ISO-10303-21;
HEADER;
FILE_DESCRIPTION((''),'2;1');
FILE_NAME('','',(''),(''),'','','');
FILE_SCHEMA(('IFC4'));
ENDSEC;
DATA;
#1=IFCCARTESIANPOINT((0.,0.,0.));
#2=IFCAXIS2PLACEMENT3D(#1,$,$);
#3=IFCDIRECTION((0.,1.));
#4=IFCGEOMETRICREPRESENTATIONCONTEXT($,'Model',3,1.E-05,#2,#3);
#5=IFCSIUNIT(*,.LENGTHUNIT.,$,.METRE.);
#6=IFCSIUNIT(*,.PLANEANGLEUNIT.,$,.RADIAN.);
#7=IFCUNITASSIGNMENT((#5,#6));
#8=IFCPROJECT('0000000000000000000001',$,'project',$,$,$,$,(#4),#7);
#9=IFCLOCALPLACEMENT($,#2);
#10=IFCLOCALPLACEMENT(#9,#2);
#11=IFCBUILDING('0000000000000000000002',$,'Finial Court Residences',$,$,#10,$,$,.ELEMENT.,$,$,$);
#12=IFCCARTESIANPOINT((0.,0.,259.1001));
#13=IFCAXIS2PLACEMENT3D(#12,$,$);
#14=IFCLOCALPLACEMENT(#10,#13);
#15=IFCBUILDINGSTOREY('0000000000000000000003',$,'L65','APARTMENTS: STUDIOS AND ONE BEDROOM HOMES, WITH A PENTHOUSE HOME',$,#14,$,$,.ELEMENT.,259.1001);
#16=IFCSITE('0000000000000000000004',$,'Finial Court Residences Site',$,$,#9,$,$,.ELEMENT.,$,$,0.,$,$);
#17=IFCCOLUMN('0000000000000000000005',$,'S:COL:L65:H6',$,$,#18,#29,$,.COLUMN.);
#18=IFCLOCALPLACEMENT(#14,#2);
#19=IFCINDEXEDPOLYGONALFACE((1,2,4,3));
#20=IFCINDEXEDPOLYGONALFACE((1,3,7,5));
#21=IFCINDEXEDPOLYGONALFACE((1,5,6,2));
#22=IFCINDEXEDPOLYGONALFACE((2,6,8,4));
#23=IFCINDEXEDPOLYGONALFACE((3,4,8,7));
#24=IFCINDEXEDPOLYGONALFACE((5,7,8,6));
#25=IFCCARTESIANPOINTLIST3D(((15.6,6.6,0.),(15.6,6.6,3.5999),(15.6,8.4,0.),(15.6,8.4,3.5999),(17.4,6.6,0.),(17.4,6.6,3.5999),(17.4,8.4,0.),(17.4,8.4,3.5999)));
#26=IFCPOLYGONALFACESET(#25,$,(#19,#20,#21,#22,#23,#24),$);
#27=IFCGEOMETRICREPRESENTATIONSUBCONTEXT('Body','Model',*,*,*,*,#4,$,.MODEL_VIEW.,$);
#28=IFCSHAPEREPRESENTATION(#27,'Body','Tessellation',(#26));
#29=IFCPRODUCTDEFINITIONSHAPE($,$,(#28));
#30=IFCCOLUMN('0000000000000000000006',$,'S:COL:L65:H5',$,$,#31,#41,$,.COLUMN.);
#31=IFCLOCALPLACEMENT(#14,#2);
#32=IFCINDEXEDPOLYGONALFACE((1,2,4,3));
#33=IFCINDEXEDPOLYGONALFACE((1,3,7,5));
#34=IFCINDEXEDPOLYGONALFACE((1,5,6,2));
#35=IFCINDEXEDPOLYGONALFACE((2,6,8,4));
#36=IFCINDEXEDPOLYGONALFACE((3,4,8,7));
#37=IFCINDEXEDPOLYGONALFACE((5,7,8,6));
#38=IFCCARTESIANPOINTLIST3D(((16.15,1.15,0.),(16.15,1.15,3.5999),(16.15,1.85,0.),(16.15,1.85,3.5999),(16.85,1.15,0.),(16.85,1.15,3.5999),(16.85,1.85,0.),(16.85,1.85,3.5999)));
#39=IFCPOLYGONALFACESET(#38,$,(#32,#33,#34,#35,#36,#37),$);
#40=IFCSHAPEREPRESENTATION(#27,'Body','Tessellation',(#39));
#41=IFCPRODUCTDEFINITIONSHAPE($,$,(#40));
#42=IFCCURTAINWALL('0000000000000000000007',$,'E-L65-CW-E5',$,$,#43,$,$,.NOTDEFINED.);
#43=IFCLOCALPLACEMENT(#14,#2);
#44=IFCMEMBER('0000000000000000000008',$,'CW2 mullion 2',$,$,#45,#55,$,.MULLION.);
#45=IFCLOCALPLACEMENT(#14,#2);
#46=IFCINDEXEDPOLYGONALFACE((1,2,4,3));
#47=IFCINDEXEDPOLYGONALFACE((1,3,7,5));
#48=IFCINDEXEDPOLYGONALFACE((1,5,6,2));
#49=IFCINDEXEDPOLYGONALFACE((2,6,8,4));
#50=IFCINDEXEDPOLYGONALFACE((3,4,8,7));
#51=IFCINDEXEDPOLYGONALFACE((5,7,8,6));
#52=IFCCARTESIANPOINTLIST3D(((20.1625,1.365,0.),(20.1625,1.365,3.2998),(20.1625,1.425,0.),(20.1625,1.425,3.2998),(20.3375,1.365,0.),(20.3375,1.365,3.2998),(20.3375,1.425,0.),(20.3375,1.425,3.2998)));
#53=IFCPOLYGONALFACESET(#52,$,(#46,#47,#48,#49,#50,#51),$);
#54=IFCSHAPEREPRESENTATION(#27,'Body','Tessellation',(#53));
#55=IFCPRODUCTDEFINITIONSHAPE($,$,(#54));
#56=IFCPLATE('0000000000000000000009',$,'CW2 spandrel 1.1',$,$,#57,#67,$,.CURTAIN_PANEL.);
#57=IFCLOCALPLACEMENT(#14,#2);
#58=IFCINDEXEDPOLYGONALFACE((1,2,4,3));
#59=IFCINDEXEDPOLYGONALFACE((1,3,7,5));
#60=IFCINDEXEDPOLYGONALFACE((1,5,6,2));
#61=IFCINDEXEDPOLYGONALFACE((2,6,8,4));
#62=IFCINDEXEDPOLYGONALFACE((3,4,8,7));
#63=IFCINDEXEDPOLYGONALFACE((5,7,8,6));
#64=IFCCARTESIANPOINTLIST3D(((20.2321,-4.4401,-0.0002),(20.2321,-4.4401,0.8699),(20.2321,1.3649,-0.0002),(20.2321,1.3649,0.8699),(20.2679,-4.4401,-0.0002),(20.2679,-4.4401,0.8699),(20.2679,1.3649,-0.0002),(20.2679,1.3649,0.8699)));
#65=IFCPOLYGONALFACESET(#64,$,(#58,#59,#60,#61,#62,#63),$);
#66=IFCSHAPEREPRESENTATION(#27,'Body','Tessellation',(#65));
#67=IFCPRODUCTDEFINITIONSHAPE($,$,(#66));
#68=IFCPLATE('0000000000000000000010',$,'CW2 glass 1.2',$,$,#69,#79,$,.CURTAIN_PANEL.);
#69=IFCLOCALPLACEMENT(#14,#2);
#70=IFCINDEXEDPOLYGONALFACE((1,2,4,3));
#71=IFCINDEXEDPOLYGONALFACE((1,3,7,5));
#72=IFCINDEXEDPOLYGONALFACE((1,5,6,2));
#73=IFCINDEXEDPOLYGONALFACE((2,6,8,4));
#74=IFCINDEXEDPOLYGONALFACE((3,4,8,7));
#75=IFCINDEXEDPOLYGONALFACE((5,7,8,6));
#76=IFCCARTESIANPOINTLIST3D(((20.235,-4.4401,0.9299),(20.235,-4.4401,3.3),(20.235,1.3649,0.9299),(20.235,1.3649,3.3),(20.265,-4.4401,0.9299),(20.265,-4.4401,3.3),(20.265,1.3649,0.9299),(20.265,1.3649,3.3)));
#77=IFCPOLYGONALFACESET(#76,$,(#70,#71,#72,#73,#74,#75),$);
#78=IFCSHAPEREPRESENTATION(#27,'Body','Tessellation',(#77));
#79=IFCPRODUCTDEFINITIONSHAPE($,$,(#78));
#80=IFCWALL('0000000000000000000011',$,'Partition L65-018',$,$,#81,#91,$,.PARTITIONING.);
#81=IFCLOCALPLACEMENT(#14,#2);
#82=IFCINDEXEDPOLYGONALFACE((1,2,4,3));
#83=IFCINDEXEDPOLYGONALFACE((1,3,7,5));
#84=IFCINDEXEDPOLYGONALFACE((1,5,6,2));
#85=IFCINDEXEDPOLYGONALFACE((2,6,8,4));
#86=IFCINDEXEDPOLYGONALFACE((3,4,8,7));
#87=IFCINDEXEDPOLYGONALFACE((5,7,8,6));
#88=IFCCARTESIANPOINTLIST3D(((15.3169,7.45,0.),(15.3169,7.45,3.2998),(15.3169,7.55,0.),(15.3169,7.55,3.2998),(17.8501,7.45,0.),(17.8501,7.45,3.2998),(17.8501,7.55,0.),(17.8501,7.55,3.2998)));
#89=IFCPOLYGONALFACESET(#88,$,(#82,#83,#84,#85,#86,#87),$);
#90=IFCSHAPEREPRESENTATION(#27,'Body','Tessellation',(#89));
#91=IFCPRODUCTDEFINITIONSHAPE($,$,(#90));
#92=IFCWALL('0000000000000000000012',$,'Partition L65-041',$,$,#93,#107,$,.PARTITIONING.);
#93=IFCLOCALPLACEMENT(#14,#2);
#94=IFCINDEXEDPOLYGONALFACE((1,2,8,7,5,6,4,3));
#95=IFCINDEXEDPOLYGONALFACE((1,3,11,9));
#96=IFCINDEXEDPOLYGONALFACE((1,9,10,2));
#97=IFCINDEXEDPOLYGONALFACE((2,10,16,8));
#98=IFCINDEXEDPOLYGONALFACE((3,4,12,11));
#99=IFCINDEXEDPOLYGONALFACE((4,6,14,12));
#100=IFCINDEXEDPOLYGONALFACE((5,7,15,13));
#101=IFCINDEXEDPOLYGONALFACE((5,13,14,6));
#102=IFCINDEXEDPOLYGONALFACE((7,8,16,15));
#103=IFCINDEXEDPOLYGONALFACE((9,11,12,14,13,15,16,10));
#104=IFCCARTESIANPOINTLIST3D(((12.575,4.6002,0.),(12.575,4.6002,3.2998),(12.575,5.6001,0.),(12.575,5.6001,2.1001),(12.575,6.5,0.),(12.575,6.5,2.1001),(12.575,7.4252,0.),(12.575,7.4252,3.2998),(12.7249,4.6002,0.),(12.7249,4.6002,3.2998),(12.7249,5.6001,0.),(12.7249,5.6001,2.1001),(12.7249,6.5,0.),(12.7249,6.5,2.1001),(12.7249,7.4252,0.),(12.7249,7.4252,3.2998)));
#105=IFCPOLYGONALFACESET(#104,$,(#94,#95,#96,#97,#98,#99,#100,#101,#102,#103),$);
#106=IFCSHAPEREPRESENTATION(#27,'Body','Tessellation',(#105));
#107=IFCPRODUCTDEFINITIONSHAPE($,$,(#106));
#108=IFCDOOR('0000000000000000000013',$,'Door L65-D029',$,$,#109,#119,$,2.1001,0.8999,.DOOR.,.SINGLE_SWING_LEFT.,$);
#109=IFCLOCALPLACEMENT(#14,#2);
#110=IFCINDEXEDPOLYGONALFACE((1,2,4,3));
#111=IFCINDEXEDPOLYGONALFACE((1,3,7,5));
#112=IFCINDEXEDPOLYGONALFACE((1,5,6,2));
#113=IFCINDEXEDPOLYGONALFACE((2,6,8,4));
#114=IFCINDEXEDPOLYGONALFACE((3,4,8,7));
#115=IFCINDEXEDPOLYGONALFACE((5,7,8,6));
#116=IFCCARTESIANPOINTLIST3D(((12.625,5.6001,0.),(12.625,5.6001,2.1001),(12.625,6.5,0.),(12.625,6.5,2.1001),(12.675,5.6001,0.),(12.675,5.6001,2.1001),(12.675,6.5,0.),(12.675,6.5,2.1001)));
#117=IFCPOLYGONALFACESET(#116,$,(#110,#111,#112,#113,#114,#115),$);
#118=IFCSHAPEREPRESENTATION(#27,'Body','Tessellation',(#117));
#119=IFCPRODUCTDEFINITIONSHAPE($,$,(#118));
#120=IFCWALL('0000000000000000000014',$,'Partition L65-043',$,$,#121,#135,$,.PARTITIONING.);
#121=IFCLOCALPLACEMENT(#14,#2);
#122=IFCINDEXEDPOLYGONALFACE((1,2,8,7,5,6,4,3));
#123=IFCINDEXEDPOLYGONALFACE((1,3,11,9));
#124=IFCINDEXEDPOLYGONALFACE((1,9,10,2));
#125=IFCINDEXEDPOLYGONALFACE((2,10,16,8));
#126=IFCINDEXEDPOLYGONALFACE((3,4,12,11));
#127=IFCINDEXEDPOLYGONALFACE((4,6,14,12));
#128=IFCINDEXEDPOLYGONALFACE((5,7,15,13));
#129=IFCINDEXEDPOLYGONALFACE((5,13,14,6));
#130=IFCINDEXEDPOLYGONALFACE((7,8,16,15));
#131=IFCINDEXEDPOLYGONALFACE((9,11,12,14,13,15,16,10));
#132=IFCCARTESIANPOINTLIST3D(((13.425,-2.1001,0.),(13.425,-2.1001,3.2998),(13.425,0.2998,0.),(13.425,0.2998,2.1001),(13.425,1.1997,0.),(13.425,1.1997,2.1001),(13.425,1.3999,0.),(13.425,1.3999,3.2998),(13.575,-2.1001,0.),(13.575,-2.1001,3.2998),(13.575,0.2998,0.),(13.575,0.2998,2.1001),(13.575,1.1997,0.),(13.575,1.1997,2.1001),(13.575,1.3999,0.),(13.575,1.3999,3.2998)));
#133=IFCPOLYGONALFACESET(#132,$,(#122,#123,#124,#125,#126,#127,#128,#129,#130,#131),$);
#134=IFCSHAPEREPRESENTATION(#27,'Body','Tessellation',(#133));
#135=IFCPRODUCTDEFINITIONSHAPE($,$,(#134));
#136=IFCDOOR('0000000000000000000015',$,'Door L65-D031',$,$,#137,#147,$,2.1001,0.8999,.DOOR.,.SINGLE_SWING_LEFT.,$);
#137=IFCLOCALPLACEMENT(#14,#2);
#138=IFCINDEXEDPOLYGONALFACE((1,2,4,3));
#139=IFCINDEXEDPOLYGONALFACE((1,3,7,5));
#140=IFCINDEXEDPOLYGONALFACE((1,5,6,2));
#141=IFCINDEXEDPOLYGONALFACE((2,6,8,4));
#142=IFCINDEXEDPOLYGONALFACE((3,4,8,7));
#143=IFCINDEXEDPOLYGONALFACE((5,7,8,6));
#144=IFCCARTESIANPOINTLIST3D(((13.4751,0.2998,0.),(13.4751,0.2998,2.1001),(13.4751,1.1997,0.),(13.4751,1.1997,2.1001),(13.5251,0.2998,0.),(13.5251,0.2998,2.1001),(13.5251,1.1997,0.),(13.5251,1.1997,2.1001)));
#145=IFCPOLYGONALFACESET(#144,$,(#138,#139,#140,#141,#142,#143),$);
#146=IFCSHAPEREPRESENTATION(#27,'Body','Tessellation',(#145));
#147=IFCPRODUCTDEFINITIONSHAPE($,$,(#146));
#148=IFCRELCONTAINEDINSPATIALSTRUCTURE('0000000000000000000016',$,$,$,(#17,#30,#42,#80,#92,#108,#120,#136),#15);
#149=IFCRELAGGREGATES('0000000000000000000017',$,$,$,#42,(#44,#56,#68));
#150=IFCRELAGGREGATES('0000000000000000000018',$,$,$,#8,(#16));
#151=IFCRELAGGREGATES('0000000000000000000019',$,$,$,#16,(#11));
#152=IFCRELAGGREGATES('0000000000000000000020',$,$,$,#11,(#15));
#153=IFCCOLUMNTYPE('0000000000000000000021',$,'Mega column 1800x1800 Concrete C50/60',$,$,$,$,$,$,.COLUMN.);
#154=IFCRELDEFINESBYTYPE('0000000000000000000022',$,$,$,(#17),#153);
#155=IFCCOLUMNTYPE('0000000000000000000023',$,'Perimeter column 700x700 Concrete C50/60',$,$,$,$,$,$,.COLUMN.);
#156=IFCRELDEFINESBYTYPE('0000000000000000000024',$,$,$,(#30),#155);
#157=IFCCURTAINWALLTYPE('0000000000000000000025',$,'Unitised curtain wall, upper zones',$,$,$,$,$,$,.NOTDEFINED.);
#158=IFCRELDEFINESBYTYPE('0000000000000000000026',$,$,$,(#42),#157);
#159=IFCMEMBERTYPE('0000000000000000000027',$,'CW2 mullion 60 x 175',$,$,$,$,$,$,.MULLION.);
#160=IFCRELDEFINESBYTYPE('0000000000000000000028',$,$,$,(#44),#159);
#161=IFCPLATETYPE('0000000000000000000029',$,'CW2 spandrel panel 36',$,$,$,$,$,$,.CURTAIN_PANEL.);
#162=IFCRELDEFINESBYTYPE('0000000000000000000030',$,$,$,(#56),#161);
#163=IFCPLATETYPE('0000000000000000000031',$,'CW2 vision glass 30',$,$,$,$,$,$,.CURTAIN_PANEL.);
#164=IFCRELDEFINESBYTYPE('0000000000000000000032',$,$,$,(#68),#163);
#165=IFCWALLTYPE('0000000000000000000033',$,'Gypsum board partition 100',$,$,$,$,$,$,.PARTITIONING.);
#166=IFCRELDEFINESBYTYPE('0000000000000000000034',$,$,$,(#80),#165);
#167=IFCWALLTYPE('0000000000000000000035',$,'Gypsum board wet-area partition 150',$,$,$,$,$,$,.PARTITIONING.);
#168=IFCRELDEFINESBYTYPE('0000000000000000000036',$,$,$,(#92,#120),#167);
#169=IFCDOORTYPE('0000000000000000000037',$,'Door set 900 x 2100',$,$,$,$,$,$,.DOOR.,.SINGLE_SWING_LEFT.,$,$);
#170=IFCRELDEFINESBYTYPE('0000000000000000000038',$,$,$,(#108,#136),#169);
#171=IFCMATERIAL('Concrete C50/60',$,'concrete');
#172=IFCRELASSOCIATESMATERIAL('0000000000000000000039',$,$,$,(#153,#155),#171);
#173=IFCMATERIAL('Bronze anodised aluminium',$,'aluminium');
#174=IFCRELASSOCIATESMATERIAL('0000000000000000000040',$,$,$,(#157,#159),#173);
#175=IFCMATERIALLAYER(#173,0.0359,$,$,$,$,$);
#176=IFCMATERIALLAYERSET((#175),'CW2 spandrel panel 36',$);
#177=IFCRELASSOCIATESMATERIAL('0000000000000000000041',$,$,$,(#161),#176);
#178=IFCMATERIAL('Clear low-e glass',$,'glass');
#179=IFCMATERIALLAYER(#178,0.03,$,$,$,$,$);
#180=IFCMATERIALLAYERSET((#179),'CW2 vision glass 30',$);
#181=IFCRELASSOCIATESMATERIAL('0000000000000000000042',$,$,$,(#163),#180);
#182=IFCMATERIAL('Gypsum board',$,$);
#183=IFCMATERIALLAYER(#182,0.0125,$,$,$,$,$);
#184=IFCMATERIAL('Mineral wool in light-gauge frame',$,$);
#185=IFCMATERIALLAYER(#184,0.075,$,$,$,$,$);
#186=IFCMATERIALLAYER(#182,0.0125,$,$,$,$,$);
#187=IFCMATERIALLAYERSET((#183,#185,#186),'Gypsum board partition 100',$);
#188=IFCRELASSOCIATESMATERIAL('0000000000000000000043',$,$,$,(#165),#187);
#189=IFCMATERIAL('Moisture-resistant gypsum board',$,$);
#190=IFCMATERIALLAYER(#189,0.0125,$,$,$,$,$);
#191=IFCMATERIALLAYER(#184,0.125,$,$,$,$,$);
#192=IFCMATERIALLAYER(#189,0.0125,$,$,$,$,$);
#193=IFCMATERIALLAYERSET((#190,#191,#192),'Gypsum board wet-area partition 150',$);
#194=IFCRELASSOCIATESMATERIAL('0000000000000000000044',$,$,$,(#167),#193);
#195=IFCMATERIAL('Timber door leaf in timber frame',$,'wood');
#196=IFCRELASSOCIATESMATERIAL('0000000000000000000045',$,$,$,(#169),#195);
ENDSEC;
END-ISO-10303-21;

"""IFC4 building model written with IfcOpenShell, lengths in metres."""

from ifc_helpers import new_model, si_unit, direction, frame, frame_2d, origin, origin_2d, place, context, subcontext, project, spatial, rectangle, extrude, material, layer, layer_set, material_profile, profile_set, type_object, element, fill, aggregate, save


model = new_model("IFC4")

# Units and contexts
model_context = context("Model", 3, precision=1e-05, world=origin(), true_north=direction((0.0, 1.0)))
body_context = subcontext(model_context, "Body", "Model", "MODEL_VIEW")
ifc_project = project(units=[si_unit("LENGTHUNIT", "METRE"), si_unit("PLANEANGLEUNIT", "RADIAN")], contexts=[model_context])

# Site, building, storey
site_placement = place(None, origin())
site = spatial("IfcSite", under=ifc_project, at=site_placement, Name="Finial Court Residences Site", CompositionType="ELEMENT", RefElevation=0.0)
building_placement = place(site_placement, origin())
building = spatial("IfcBuilding", under=site, at=building_placement, Name="Finial Court Residences", CompositionType="ELEMENT")
storey_placement = place(building_placement, frame((0.0, 0.0, 259.1001)))
storey = spatial("IfcBuildingStorey", under=building, at=storey_placement, Name="L65", Description="APARTMENTS: STUDIOS AND ONE BEDROOM HOMES, WITH A PENTHOUSE HOME", CompositionType="ELEMENT", Elevation=259.1001)

# Columns
ifc_material_1 = material(Name="Concrete C50/60", Category="concrete")
ifc_material_profile_1 = material_profile(ifc_material_1, rectangle(XDim=1.8, YDim=1.8, at=origin_2d()), Name="1800x1800")
ifc_profile_set_1 = profile_set([ifc_material_profile_1], Name="Concrete C50/60")
column_type_1 = type_object("IfcColumnType", Name="Mega column 1800x1800 Concrete C50/60", PredefinedType="COLUMN", material=ifc_profile_set_1)
column_1_placement = place(storey_placement, frame((16.5, 7.5, 0.0), z_axis=(0.0, 0.0, 1.0), x_axis=(1.0, 0.0, 0.0)))
element("IfcColumn", 1, at=column_1_placement, inside=storey, type_object=column_type_1, Name="S:COL:L65:H6", PredefinedType="COLUMN", context=body_context, shape_type="SweptSolid", body=[
    extrude(rectangle(XDim=1.8, YDim=1.8, at=origin_2d()), origin(), (0.0, 0.0, 1.0), 3.5999),
])
ifc_material_profile_2 = material_profile(ifc_material_1, rectangle(XDim=0.7, YDim=0.7, at=origin_2d()), Name="700x700")
ifc_profile_set_2 = profile_set([ifc_material_profile_2], Name="Concrete C50/60")
column_type_2 = type_object("IfcColumnType", Name="Perimeter column 700x700 Concrete C50/60", PredefinedType="COLUMN", material=ifc_profile_set_2)
column_2_placement = place(storey_placement, frame((16.5, 1.5, 0.0), z_axis=(0.0, 0.0, 1.0), x_axis=(1.0, 0.0, 0.0)))
element("IfcColumn", 2, at=column_2_placement, inside=storey, type_object=column_type_2, Name="S:COL:L65:H5", PredefinedType="COLUMN", context=body_context, shape_type="SweptSolid", body=[
    extrude(rectangle(XDim=0.7, YDim=0.7, at=origin_2d()), origin(), (0.0, 0.0, 1.0), 3.5999),
])

# Curtain wall, member, plates
ifc_material_2 = material(Name="Bronze anodised aluminium", Category="aluminium")
curtain_wall_type = type_object("IfcCurtainWallType", Name="Unitised curtain wall, upper zones", PredefinedType="NOTDEFINED", material=ifc_material_2)
curtain_wall_placement = place(storey_placement, origin())
curtain_wall = element("IfcCurtainWall", 3, at=curtain_wall_placement, inside=storey, type_object=curtain_wall_type, Name="E-L65-CW-E5", PredefinedType="NOTDEFINED")
ifc_material_profile_3 = material_profile(ifc_material_2, rectangle(XDim=0.175, YDim=0.0601, at=origin_2d()), Name="CW2 mullion 60 x 175")
ifc_profile_set_3 = profile_set([ifc_material_profile_3], Name="Bronze anodised aluminium")
member_type = type_object("IfcMemberType", Name="CW2 mullion 60 x 175", PredefinedType="MULLION", material=ifc_profile_set_3)
member_placement = place(storey_placement, frame((20.25, 1.395, 0.0), z_axis=(0.0, 0.0, 1.0), x_axis=(-1.0, 0.0, 0.0)))
member = element("IfcMember", 4, at=member_placement, type_object=member_type, Name="CW2 mullion 2", PredefinedType="MULLION", context=body_context, shape_type="SweptSolid", body=[
    extrude(rectangle(XDim=0.175, YDim=0.0601, at=origin_2d()), origin(), (0.0, 0.0, 1.0), 3.2998),
])
ifc_layer_1 = layer(ifc_material_2, 0.0359)
ifc_layer_set_1 = layer_set([ifc_layer_1], Name="CW2 spandrel panel 36")
plate_type_1 = type_object("IfcPlateType", Name="CW2 spandrel panel 36", PredefinedType="CURTAIN_PANEL", material=ifc_layer_set_1)
plate_1_placement = place(storey_placement, frame((20.25, -1.5376, -0.0002), z_axis=(0.0, 0.0, 1.0), x_axis=(0.0, 1.0, 0.0)))
plate_1 = element("IfcPlate", 5, at=plate_1_placement, type_object=plate_type_1, Name="CW2 spandrel 1.1", PredefinedType="CURTAIN_PANEL", context=body_context, shape_type="SweptSolid", body=[
    extrude(rectangle(XDim=5.8049, YDim=0.0359, at=origin_2d()), origin(), (0.0, 0.0, 1.0), 0.8701),
])
ifc_material_3 = material(Name="Clear low-e glass", Category="glass")
ifc_layer_2 = layer(ifc_material_3, 0.03)
ifc_layer_set_2 = layer_set([ifc_layer_2], Name="CW2 vision glass 30")
plate_type_2 = type_object("IfcPlateType", Name="CW2 vision glass 30", PredefinedType="CURTAIN_PANEL", material=ifc_layer_set_2)
plate_2_placement = place(storey_placement, frame((20.25, -1.5376, 0.9299), z_axis=(0.0, 0.0, 1.0), x_axis=(0.0, 1.0, 0.0)))
plate_2 = element("IfcPlate", 6, at=plate_2_placement, type_object=plate_type_2, Name="CW2 glass 1.2", PredefinedType="CURTAIN_PANEL", context=body_context, shape_type="SweptSolid", body=[
    extrude(rectangle(XDim=5.8049, YDim=0.03, at=origin_2d()), origin(), (0.0, 0.0, 1.0), 2.3701),
])
aggregate(curtain_wall, [member, plate_1, plate_2])

# Wall
ifc_material_4 = material(Name="Gypsum board")
ifc_layer_3 = layer(ifc_material_4, 0.0125)
ifc_material_5 = material(Name="Mineral wool in light-gauge frame")
ifc_layer_4 = layer(ifc_material_5, 0.075)
ifc_layer_5 = layer(ifc_material_4, 0.0125)
ifc_layer_set_3 = layer_set([ifc_layer_3, ifc_layer_4, ifc_layer_5], Name="Gypsum board partition 100")
wall_type_1 = type_object("IfcWallType", Name="Gypsum board partition 100", PredefinedType="PARTITIONING", material=ifc_layer_set_3)
wall_1_placement = place(storey_placement, frame((15.3169, 7.5, 0.0), z_axis=(0.0, 0.0, 1.0), x_axis=(1.0, 0.0, 0.0)))
element("IfcWall", 7, at=wall_1_placement, inside=storey, type_object=wall_type_1, Name="Partition L65-018", PredefinedType="PARTITIONING", context=body_context, shape_type="SweptSolid", body=[
    extrude(rectangle(XDim=2.5332, YDim=0.1001, at=frame_2d((1.2666, 0.0))), origin(), (0.0, 0.0, 1.0), 3.2998),
])

# Walls, openings, doors
ifc_material_6 = material(Name="Moisture-resistant gypsum board")
ifc_layer_6 = layer(ifc_material_6, 0.0125)
ifc_layer_7 = layer(ifc_material_5, 0.125)
ifc_layer_8 = layer(ifc_material_6, 0.0125)
ifc_layer_set_4 = layer_set([ifc_layer_6, ifc_layer_7, ifc_layer_8], Name="Gypsum board wet-area partition 150")
wall_type_2 = type_object("IfcWallType", Name="Gypsum board wet-area partition 150", PredefinedType="PARTITIONING", material=ifc_layer_set_4)
wall_2_placement = place(storey_placement, frame((12.6499, 4.6001, 0.0), z_axis=(0.0, 0.0, 1.0), x_axis=(0.0, 1.0, 0.0)))
wall_2 = element("IfcWall", 8, at=wall_2_placement, inside=storey, type_object=wall_type_2, Name="Partition L65-041", PredefinedType="PARTITIONING", context=body_context, shape_type="SweptSolid", body=[
    extrude(rectangle(XDim=2.825, YDim=0.1499, at=frame_2d((1.4126, 0.0))), origin(), (0.0, 0.0, 1.0), 3.2998),
])
opening_1_placement = place(wall_2_placement, frame((1.0, 0.0, 0.0)))
opening_1 = element("IfcOpeningElement", 9, at=opening_1_placement, cuts=wall_2, PredefinedType="OPENING", context=body_context, shape_type="SweptSolid", body=[
    extrude(rectangle(XDim=0.8999, YDim=2.1001, at=frame_2d((0.45, 1.05))), frame((0.0, 0.085, 0.0), z_axis=(0.0, -1.0, 0.0), x_axis=(1.0, 0.0, 0.0)), (0.0, 0.0, 1.0), 0.1699),
])
ifc_material_7 = material(Name="Timber door leaf in timber frame", Category="wood")
door_type_1 = type_object("IfcDoorType", Name="Door set 900 x 2100", OperationType="SINGLE_SWING_LEFT", PredefinedType="DOOR", material=ifc_material_7)
door_1_placement = place(opening_1_placement, origin())
door_1 = element("IfcDoor", 10, at=door_1_placement, inside=storey, type_object=door_type_1, Name="Door L65-D029", OperationType="SINGLE_SWING_LEFT", OverallHeight=2.1001, OverallWidth=0.8999, PredefinedType="DOOR", context=body_context, shape_type="SweptSolid", body=[
    extrude(rectangle(XDim=0.8999, YDim=2.1001, at=frame_2d((0.45, 1.05))), frame((0.0, 0.0249, 0.0), z_axis=(0.0, -1.0, 0.0), x_axis=(1.0, 0.0, 0.0)), (0.0, 0.0, 1.0), 0.05),
])
fill(opening_1, door_1)
wall_3_placement = place(storey_placement, frame((13.5, -2.1001, 0.0), z_axis=(0.0, 0.0, 1.0), x_axis=(0.0, 1.0, 0.0)))
wall_3 = element("IfcWall", 11, at=wall_3_placement, inside=storey, type_object=wall_type_2, Name="Partition L65-043", PredefinedType="PARTITIONING", context=body_context, shape_type="SweptSolid", body=[
    extrude(rectangle(XDim=3.5, YDim=0.1499, at=frame_2d((1.75, 0.0))), origin(), (0.0, 0.0, 1.0), 3.2998),
])
opening_2_placement = place(wall_3_placement, frame((2.3999, 0.0, 0.0)))
opening_2 = element("IfcOpeningElement", 12, at=opening_2_placement, cuts=wall_3, PredefinedType="OPENING", context=body_context, shape_type="SweptSolid", body=[
    extrude(rectangle(XDim=0.8999, YDim=2.1001, at=frame_2d((0.45, 1.05))), frame((0.0, 0.085, 0.0), z_axis=(0.0, -1.0, 0.0), x_axis=(1.0, 0.0, 0.0)), (0.0, 0.0, 1.0), 0.1699),
])
door_2_placement = place(opening_2_placement, origin())
door_2 = element("IfcDoor", 13, at=door_2_placement, inside=storey, type_object=door_type_1, Name="Door L65-D031", OperationType="SINGLE_SWING_LEFT", OverallHeight=2.1001, OverallWidth=0.8999, PredefinedType="DOOR", context=body_context, shape_type="SweptSolid", body=[
    extrude(rectangle(XDim=0.8999, YDim=2.1001, at=frame_2d((0.45, 1.05))), frame((0.0, 0.0249, 0.0), z_axis=(0.0, -1.0, 0.0), x_axis=(1.0, 0.0, 0.0)), (0.0, 0.0, 1.0), 0.05),
])
fill(opening_2, door_2)

save(model, "model.ifc")
